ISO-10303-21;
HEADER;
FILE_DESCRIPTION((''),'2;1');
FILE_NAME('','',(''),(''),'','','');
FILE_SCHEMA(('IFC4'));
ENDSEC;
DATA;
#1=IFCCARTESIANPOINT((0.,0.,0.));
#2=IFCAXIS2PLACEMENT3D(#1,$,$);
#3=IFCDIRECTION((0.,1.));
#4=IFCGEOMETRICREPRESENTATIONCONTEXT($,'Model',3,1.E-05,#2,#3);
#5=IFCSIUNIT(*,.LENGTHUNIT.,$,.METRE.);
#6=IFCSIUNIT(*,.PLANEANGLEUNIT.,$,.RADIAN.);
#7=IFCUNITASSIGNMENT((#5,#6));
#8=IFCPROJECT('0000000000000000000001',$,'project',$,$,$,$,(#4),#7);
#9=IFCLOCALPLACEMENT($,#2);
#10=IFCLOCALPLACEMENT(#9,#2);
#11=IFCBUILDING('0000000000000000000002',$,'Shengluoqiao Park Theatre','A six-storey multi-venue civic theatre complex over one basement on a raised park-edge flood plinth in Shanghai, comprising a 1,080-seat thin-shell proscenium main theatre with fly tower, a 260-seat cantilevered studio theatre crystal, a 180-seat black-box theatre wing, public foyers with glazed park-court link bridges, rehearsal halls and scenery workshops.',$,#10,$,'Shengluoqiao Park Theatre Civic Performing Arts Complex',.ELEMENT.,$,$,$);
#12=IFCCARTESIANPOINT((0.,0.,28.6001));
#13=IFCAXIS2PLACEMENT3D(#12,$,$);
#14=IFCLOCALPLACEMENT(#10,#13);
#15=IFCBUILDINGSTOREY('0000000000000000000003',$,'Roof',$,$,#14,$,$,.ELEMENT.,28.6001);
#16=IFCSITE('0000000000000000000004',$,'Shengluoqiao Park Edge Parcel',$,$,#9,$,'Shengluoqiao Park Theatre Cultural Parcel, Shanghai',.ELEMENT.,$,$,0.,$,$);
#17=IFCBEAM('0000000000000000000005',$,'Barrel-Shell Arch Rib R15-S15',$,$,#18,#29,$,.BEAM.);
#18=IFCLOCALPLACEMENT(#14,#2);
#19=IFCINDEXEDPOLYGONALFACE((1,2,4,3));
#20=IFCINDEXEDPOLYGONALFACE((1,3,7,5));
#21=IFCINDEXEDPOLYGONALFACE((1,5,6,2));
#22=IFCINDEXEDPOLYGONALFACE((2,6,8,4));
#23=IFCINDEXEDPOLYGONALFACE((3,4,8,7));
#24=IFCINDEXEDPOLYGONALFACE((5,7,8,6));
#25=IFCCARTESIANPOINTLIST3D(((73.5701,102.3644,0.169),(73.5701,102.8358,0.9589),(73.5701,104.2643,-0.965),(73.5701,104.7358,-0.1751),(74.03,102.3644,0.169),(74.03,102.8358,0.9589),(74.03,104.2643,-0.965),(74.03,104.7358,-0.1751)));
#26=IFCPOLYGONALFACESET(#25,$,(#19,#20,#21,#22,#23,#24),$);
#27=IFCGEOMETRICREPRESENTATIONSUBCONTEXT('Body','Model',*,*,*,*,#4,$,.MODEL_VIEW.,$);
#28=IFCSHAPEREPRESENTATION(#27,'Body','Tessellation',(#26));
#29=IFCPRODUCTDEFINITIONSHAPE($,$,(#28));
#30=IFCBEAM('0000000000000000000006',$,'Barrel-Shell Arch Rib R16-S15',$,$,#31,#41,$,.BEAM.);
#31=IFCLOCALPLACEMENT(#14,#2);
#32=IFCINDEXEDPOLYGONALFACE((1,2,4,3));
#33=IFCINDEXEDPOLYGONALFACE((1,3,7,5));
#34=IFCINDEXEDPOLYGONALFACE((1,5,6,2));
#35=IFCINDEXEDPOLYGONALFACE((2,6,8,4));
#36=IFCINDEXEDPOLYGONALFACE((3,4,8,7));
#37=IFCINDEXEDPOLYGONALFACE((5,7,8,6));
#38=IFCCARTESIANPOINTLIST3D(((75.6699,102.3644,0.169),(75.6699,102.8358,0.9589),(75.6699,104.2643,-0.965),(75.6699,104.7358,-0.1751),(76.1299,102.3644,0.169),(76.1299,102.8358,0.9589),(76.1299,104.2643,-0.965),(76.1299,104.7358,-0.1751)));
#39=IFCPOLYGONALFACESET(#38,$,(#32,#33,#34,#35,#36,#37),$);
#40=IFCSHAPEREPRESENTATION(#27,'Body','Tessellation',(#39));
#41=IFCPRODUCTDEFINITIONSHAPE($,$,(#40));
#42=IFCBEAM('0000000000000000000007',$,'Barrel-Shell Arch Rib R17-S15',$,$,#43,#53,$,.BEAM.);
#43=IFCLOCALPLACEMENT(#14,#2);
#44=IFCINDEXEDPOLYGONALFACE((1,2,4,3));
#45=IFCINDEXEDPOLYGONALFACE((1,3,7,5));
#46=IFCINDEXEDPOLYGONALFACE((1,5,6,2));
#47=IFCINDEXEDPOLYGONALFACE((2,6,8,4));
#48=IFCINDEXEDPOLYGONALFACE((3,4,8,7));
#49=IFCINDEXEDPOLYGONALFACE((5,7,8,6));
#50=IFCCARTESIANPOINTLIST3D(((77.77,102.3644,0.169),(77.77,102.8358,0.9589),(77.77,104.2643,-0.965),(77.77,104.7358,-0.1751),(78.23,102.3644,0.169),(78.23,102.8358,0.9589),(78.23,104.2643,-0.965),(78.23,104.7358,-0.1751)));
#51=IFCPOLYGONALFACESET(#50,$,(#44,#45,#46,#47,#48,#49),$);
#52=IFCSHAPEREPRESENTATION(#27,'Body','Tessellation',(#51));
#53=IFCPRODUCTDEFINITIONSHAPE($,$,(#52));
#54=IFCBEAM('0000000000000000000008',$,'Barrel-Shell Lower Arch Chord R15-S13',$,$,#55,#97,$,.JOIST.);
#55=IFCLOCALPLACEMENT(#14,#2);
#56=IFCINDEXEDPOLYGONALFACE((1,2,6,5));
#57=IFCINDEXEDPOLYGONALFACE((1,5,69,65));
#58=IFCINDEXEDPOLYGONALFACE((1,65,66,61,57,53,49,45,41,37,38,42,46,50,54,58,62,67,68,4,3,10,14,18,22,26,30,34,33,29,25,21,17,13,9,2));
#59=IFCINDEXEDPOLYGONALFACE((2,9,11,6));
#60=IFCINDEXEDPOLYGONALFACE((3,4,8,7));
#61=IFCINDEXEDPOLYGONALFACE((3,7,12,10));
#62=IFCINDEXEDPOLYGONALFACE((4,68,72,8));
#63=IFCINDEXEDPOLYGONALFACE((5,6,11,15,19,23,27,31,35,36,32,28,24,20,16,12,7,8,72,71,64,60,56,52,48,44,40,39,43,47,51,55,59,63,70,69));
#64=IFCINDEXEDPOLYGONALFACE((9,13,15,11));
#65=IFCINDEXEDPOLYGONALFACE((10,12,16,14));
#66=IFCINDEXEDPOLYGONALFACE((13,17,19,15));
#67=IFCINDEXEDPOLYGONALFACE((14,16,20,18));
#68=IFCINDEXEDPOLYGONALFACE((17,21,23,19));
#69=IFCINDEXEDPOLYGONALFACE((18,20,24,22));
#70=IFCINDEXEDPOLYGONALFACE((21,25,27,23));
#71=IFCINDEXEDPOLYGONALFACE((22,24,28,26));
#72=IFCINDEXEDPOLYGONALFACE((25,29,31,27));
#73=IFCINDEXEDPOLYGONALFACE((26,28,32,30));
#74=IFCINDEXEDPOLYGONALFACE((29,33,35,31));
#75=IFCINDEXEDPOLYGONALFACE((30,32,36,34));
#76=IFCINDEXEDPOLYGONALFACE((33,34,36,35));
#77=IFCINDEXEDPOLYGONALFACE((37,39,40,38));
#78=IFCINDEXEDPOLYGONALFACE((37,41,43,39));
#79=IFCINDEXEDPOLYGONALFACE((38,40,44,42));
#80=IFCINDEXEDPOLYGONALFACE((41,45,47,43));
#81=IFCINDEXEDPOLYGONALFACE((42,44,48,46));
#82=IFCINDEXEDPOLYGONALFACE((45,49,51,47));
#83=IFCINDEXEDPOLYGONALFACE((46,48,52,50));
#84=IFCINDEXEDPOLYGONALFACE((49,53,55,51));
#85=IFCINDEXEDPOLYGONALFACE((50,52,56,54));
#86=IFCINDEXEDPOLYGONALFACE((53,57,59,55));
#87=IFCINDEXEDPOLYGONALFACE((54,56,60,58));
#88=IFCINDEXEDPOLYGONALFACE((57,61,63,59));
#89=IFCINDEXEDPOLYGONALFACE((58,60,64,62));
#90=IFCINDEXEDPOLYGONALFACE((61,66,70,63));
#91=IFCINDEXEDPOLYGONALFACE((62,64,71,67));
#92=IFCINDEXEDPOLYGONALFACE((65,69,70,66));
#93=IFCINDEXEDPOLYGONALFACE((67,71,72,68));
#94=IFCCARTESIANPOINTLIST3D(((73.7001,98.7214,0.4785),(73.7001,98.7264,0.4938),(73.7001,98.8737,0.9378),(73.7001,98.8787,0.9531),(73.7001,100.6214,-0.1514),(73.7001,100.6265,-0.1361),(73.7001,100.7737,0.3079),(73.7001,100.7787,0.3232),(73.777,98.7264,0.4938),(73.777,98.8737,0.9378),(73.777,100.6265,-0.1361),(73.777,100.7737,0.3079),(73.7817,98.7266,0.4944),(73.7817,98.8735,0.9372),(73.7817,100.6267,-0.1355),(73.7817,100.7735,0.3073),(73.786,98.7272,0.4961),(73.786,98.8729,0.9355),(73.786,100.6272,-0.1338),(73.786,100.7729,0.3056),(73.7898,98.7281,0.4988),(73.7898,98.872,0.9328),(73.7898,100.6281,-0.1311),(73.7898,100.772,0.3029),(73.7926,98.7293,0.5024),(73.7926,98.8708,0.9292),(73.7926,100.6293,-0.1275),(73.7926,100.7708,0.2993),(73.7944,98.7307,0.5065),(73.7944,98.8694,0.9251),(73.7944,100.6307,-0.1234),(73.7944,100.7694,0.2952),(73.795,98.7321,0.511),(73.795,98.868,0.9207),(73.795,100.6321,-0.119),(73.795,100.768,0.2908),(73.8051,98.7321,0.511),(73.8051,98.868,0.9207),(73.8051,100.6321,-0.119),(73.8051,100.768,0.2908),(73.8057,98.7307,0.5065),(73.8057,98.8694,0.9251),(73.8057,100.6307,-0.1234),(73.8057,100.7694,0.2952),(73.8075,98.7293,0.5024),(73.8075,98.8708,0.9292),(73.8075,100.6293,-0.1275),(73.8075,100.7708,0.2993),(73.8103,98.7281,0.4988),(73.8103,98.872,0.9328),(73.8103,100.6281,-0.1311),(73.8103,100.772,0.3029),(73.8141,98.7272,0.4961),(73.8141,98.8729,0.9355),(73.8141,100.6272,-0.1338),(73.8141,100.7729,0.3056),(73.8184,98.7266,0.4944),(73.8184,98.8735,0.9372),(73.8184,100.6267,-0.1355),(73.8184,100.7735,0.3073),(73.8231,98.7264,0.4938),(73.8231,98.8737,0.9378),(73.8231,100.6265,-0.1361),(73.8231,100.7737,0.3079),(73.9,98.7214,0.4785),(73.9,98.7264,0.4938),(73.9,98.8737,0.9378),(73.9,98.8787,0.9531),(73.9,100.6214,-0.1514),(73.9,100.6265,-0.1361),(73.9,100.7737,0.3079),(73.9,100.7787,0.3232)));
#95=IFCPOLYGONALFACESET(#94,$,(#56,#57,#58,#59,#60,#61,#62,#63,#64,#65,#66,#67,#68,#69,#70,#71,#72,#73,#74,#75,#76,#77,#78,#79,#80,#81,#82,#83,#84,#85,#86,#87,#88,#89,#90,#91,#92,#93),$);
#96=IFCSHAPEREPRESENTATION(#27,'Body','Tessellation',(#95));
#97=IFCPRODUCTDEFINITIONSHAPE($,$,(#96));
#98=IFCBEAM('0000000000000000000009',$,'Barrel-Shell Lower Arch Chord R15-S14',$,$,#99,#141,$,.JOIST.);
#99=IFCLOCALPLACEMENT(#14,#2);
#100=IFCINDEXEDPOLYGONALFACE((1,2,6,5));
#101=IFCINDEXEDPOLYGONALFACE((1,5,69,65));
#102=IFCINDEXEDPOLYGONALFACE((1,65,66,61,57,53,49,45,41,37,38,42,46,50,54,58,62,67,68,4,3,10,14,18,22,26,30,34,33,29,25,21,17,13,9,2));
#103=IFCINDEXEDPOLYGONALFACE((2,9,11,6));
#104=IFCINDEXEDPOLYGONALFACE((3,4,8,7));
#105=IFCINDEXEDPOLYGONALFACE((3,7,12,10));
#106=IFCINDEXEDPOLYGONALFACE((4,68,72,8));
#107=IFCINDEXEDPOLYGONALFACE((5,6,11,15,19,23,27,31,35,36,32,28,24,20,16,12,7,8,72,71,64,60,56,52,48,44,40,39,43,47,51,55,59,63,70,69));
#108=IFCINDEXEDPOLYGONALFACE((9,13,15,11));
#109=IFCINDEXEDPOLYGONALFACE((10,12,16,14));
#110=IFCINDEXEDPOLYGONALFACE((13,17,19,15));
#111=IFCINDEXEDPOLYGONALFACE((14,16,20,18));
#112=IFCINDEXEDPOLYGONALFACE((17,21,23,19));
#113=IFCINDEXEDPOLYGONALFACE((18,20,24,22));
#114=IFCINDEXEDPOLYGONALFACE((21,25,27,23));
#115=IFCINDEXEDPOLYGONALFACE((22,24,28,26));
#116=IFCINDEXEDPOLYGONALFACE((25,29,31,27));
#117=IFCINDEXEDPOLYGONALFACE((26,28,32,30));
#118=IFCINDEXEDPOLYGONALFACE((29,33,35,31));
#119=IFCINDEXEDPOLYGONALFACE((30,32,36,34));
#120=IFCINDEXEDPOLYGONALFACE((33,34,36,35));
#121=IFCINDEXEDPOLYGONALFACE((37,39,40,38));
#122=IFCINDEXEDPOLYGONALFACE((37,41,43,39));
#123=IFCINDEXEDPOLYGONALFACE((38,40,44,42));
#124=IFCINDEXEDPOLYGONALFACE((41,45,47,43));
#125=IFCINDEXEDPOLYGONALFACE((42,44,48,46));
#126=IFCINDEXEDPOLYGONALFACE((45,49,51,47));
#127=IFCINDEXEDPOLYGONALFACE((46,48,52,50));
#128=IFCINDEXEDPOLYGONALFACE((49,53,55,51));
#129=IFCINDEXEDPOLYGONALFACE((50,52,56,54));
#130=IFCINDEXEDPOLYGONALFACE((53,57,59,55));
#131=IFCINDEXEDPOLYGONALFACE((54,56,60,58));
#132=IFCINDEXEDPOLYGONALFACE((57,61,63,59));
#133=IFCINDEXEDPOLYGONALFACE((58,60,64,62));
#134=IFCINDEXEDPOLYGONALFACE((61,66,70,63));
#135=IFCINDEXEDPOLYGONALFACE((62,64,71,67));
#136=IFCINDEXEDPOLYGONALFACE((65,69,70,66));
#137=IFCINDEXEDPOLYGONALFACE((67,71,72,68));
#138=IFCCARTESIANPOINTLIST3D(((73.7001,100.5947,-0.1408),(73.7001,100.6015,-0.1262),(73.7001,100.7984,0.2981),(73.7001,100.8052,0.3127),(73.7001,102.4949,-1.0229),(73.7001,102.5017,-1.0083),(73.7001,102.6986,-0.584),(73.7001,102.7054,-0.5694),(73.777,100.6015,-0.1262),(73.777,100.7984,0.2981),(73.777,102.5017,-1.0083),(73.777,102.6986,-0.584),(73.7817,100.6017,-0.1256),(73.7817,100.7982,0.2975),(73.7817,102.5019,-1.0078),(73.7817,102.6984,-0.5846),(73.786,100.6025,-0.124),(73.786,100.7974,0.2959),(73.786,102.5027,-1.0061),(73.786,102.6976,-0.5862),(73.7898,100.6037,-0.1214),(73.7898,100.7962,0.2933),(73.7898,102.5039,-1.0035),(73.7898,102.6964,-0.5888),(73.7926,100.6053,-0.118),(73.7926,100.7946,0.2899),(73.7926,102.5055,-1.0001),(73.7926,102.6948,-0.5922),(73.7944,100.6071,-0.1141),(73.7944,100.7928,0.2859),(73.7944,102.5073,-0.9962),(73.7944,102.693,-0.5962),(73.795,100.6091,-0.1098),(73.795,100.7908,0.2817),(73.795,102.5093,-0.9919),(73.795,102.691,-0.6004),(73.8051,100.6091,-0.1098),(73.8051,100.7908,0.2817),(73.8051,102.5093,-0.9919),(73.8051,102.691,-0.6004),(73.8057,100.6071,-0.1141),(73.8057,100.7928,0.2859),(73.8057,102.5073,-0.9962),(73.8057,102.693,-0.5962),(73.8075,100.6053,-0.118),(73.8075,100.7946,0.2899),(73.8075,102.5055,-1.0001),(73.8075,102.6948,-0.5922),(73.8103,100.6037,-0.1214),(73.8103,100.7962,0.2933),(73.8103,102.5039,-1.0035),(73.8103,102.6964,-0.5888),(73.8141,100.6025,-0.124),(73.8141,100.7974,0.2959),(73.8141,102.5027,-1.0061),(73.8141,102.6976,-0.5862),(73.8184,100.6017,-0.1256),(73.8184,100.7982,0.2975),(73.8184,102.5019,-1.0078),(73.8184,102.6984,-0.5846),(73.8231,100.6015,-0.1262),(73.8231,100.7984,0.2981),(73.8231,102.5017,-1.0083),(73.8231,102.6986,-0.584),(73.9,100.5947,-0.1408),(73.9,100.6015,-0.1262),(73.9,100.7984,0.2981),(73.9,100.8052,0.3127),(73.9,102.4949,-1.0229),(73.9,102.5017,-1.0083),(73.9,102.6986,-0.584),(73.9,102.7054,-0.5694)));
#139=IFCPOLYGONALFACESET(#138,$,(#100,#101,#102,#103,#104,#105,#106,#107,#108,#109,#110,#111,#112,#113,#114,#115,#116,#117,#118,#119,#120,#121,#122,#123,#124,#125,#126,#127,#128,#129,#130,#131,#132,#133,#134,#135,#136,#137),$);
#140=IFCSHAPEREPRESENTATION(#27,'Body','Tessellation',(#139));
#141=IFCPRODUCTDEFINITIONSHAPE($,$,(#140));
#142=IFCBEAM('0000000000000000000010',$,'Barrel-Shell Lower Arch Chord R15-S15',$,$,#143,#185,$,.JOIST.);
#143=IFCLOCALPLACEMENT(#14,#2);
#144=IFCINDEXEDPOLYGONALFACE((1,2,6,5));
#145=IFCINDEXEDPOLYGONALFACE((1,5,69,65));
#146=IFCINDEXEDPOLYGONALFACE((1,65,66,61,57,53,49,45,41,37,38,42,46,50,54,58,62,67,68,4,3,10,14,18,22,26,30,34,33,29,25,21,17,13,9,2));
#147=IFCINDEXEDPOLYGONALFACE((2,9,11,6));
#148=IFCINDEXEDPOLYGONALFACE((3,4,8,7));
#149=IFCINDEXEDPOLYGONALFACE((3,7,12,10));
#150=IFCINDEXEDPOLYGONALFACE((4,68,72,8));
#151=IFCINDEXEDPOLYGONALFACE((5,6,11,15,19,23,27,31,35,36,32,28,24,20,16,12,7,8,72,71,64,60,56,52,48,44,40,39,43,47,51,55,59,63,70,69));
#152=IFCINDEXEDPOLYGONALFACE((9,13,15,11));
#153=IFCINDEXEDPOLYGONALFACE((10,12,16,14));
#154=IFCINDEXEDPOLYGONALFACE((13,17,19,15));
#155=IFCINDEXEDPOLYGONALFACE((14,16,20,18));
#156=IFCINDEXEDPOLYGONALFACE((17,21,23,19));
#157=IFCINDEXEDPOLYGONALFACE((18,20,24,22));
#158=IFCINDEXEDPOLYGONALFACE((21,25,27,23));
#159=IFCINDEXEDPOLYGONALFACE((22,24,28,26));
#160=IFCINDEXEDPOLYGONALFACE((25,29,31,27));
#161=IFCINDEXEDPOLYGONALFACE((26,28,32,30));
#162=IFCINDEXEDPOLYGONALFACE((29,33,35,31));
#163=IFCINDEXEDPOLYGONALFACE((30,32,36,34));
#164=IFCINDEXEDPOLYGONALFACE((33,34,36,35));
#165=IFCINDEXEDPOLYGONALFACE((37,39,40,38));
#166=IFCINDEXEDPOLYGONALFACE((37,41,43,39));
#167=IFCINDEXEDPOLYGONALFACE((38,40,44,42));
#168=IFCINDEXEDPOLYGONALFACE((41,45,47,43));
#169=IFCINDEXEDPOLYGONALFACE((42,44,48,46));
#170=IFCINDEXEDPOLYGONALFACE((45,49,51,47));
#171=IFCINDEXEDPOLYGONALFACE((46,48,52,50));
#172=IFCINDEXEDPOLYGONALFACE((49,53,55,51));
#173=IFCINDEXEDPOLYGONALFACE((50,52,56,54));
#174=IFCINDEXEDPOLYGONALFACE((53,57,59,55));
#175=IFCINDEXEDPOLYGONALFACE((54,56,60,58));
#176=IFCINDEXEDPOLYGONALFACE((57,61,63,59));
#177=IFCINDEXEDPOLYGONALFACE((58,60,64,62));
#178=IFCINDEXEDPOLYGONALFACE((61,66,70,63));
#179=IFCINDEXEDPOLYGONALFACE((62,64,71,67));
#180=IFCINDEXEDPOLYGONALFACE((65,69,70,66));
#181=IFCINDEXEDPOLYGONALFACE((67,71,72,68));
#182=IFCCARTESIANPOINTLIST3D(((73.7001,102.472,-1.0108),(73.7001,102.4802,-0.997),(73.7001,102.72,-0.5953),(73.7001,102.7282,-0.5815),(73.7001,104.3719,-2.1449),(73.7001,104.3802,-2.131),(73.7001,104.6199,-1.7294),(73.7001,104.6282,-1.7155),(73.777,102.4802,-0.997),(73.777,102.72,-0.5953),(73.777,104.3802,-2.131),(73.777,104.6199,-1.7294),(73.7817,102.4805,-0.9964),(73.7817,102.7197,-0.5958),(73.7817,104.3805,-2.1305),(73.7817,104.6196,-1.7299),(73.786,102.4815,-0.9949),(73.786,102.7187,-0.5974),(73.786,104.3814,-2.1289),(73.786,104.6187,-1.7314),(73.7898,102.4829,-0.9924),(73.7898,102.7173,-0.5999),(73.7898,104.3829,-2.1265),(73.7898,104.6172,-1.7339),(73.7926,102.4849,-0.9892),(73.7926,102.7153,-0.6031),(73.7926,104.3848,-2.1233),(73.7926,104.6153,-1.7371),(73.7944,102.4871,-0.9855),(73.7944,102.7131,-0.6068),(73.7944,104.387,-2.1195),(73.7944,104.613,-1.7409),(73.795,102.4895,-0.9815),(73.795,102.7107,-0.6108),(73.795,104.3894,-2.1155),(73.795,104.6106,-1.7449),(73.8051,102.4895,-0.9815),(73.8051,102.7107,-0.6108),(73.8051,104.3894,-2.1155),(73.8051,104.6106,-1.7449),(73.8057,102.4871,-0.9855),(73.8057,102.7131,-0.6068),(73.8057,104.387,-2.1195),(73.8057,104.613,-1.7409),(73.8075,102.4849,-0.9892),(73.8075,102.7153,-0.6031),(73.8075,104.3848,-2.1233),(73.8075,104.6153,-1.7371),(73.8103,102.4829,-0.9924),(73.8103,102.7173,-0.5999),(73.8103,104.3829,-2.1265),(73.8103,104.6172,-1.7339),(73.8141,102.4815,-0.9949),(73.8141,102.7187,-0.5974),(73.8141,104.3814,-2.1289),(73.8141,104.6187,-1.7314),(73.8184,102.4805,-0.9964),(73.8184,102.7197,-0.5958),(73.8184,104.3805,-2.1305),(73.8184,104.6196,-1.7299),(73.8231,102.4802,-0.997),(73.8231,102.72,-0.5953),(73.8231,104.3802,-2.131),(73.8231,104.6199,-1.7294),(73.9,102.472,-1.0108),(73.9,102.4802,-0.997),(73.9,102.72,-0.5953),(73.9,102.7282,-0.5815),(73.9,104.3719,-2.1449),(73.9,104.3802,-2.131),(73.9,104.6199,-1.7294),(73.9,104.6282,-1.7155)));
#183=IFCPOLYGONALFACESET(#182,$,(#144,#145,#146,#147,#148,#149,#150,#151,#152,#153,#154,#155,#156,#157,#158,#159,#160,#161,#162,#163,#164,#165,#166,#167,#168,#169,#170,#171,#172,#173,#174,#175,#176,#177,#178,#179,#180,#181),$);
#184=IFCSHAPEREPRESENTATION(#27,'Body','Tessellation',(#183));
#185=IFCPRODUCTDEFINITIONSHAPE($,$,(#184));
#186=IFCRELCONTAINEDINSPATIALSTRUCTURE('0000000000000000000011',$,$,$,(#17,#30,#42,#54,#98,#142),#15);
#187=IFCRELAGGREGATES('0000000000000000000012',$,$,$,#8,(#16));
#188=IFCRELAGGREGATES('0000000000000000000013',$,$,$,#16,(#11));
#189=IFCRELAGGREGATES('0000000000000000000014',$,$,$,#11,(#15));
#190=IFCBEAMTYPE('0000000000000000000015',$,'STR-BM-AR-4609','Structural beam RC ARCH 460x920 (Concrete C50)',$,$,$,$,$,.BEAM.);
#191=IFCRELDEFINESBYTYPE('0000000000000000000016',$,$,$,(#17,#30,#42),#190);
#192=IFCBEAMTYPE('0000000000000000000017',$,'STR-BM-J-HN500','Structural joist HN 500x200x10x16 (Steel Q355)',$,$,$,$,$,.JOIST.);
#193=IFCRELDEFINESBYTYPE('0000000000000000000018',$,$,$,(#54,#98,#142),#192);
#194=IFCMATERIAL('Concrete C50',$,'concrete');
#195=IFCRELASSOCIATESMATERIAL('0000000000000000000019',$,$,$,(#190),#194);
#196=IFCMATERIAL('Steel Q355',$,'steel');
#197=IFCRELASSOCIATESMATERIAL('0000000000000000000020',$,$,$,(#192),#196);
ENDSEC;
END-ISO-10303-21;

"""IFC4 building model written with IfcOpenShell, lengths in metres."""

from ifc_helpers import new_model, si_unit, direction, frame, origin, origin_2d, place, context, subcontext, project, spatial, rectangle, i_section, extrude, material, material_profile, profile_set, type_object, element, save


model = new_model("IFC4")

# Units and contexts
model_context = context("Model", 3, precision=1e-05, world=origin(), true_north=direction((0.0, 1.0)))
body_context = subcontext(model_context, "Body", "Model", "MODEL_VIEW")
ifc_project = project(units=[si_unit("LENGTHUNIT", "METRE"), si_unit("PLANEANGLEUNIT", "RADIAN")], contexts=[model_context])

# Site, building, storey
site_placement = place(None, origin())
site = spatial("IfcSite", under=ifc_project, at=site_placement, Name="Shengluoqiao Park Edge Parcel", LongName="Shengluoqiao Park Theatre Cultural Parcel, Shanghai", CompositionType="ELEMENT", RefElevation=0.0)
building_placement = place(site_placement, origin())
building = spatial("IfcBuilding", under=site, at=building_placement, Name="Shengluoqiao Park Theatre", Description="A six-storey multi-venue civic theatre complex over one basement on a raised park-edge flood plinth in Shanghai, comprising a 1,080-seat thin-shell proscenium main theatre with fly tower, a 260-seat cantilevered studio theatre crystal, a 180-seat black-box theatre wing, public foyers with glazed park-court link bridges, rehearsal halls and scenery workshops.", LongName="Shengluoqiao Park Theatre Civic Performing Arts Complex", CompositionType="ELEMENT")
storey_placement = place(building_placement, frame((0.0, 0.0, 28.6001)))
storey = spatial("IfcBuildingStorey", under=building, at=storey_placement, Name="Roof", CompositionType="ELEMENT", Elevation=28.6001)

# Beams
ifc_material_1 = material(Name="Concrete C50", Category="concrete")
ifc_material_profile_1 = material_profile(ifc_material_1, rectangle(XDim=0.46, YDim=0.9199, at=origin_2d()), Name="RC ARCH 460x920")
ifc_profile_set_1 = profile_set([ifc_material_profile_1], Name="Concrete C50")
beam_type_1 = type_object("IfcBeamType", Name="STR-BM-AR-4609", Description="Structural beam RC ARCH 460x920 (Concrete C50)", PredefinedType="BEAM", material=ifc_profile_set_1)
for number, where, z_axis, x_axis, name in (
    (1, (73.8, 102.6001, 0.564), (0.0, 0.858669, -0.512531), (-1.0, 0.0, 0.0), "Barrel-Shell Arch Rib R15-S15"),
    (2, (75.8999, 102.6001, 0.564), (0.0, 0.858669, -0.512531), (-1.0, 0.0, 0.0), "Barrel-Shell Arch Rib R16-S15"),
    (3, (78.0, 102.6001, 0.564), (0.0, 0.858669, -0.512531), (-1.0, 0.0, 0.0), "Barrel-Shell Arch Rib R17-S15"),
):
    element("IfcBeam", number, at=place(storey_placement, frame(where, z_axis=z_axis, x_axis=x_axis)), inside=storey, type_object=beam_type_1, Name=name, PredefinedType="BEAM", context=body_context, shape_type="SweptSolid", body=[
        extrude(rectangle(XDim=0.46, YDim=0.9199, at=origin_2d()), origin(), (0.0, 0.0, 1.0), 2.2126),
    ])
ifc_material_2 = material(Name="Steel Q355", Category="steel")
ifc_material_profile_2 = material_profile(ifc_material_2, i_section(OverallWidth=0.2, OverallDepth=0.5, WebThickness=0.01, FlangeThickness=0.0161, FilletRadius=0.0181, at=origin_2d()), Name="HN 500x200x10x16")
ifc_profile_set_2 = profile_set([ifc_material_profile_2], Name="Steel Q355")
beam_type_2 = type_object("IfcBeamType", Name="STR-BM-J-HN500", Description="Structural joist HN 500x200x10x16 (Steel Q355)", PredefinedType="JOIST", material=ifc_profile_set_2)
beam_1_placement = place(storey_placement, frame((73.8, 98.8, 0.7158), z_axis=(0.0, 0.949194, -0.31469), x_axis=(-1.0, 0.0, 0.0)))
element("IfcBeam", 4, at=beam_1_placement, inside=storey, type_object=beam_type_2, Name="Barrel-Shell Lower Arch Chord R15-S13", PredefinedType="JOIST", context=body_context, shape_type="SweptSolid", body=[
    extrude(i_section(OverallWidth=0.2, OverallDepth=0.5, WebThickness=0.01, FlangeThickness=0.0161, FilletRadius=0.0181, at=origin_2d()), origin(), (0.0, 0.0, 1.0), 2.0017),
])
beam_2_placement = place(storey_placement, frame((73.8, 100.7, 0.0859), z_axis=(0.0, 0.907033, -0.42106), x_axis=(-1.0, 0.0, 0.0)))
element("IfcBeam", 5, at=beam_2_placement, inside=storey, type_object=beam_type_2, Name="Barrel-Shell Lower Arch Chord R15-S14", PredefinedType="JOIST", context=body_context, shape_type="SweptSolid", body=[
    extrude(i_section(OverallWidth=0.2, OverallDepth=0.5, WebThickness=0.01, FlangeThickness=0.0161, FilletRadius=0.0181, at=origin_2d()), origin(), (0.0, 0.0, 1.0), 2.095),
])
beam_3_placement = place(storey_placement, frame((73.8, 102.6001, -0.7961), z_axis=(0.0, 0.858669, -0.512531), x_axis=(-1.0, 0.0, 0.0)))
element("IfcBeam", 6, at=beam_3_placement, inside=storey, type_object=beam_type_2, Name="Barrel-Shell Lower Arch Chord R15-S15", PredefinedType="JOIST", context=body_context, shape_type="SweptSolid", body=[
    extrude(i_section(OverallWidth=0.2, OverallDepth=0.5, WebThickness=0.01, FlangeThickness=0.0161, FilletRadius=0.0181, at=origin_2d()), origin(), (0.0, 0.0, 1.0), 2.2126),
])

save(model, "model.ifc")
